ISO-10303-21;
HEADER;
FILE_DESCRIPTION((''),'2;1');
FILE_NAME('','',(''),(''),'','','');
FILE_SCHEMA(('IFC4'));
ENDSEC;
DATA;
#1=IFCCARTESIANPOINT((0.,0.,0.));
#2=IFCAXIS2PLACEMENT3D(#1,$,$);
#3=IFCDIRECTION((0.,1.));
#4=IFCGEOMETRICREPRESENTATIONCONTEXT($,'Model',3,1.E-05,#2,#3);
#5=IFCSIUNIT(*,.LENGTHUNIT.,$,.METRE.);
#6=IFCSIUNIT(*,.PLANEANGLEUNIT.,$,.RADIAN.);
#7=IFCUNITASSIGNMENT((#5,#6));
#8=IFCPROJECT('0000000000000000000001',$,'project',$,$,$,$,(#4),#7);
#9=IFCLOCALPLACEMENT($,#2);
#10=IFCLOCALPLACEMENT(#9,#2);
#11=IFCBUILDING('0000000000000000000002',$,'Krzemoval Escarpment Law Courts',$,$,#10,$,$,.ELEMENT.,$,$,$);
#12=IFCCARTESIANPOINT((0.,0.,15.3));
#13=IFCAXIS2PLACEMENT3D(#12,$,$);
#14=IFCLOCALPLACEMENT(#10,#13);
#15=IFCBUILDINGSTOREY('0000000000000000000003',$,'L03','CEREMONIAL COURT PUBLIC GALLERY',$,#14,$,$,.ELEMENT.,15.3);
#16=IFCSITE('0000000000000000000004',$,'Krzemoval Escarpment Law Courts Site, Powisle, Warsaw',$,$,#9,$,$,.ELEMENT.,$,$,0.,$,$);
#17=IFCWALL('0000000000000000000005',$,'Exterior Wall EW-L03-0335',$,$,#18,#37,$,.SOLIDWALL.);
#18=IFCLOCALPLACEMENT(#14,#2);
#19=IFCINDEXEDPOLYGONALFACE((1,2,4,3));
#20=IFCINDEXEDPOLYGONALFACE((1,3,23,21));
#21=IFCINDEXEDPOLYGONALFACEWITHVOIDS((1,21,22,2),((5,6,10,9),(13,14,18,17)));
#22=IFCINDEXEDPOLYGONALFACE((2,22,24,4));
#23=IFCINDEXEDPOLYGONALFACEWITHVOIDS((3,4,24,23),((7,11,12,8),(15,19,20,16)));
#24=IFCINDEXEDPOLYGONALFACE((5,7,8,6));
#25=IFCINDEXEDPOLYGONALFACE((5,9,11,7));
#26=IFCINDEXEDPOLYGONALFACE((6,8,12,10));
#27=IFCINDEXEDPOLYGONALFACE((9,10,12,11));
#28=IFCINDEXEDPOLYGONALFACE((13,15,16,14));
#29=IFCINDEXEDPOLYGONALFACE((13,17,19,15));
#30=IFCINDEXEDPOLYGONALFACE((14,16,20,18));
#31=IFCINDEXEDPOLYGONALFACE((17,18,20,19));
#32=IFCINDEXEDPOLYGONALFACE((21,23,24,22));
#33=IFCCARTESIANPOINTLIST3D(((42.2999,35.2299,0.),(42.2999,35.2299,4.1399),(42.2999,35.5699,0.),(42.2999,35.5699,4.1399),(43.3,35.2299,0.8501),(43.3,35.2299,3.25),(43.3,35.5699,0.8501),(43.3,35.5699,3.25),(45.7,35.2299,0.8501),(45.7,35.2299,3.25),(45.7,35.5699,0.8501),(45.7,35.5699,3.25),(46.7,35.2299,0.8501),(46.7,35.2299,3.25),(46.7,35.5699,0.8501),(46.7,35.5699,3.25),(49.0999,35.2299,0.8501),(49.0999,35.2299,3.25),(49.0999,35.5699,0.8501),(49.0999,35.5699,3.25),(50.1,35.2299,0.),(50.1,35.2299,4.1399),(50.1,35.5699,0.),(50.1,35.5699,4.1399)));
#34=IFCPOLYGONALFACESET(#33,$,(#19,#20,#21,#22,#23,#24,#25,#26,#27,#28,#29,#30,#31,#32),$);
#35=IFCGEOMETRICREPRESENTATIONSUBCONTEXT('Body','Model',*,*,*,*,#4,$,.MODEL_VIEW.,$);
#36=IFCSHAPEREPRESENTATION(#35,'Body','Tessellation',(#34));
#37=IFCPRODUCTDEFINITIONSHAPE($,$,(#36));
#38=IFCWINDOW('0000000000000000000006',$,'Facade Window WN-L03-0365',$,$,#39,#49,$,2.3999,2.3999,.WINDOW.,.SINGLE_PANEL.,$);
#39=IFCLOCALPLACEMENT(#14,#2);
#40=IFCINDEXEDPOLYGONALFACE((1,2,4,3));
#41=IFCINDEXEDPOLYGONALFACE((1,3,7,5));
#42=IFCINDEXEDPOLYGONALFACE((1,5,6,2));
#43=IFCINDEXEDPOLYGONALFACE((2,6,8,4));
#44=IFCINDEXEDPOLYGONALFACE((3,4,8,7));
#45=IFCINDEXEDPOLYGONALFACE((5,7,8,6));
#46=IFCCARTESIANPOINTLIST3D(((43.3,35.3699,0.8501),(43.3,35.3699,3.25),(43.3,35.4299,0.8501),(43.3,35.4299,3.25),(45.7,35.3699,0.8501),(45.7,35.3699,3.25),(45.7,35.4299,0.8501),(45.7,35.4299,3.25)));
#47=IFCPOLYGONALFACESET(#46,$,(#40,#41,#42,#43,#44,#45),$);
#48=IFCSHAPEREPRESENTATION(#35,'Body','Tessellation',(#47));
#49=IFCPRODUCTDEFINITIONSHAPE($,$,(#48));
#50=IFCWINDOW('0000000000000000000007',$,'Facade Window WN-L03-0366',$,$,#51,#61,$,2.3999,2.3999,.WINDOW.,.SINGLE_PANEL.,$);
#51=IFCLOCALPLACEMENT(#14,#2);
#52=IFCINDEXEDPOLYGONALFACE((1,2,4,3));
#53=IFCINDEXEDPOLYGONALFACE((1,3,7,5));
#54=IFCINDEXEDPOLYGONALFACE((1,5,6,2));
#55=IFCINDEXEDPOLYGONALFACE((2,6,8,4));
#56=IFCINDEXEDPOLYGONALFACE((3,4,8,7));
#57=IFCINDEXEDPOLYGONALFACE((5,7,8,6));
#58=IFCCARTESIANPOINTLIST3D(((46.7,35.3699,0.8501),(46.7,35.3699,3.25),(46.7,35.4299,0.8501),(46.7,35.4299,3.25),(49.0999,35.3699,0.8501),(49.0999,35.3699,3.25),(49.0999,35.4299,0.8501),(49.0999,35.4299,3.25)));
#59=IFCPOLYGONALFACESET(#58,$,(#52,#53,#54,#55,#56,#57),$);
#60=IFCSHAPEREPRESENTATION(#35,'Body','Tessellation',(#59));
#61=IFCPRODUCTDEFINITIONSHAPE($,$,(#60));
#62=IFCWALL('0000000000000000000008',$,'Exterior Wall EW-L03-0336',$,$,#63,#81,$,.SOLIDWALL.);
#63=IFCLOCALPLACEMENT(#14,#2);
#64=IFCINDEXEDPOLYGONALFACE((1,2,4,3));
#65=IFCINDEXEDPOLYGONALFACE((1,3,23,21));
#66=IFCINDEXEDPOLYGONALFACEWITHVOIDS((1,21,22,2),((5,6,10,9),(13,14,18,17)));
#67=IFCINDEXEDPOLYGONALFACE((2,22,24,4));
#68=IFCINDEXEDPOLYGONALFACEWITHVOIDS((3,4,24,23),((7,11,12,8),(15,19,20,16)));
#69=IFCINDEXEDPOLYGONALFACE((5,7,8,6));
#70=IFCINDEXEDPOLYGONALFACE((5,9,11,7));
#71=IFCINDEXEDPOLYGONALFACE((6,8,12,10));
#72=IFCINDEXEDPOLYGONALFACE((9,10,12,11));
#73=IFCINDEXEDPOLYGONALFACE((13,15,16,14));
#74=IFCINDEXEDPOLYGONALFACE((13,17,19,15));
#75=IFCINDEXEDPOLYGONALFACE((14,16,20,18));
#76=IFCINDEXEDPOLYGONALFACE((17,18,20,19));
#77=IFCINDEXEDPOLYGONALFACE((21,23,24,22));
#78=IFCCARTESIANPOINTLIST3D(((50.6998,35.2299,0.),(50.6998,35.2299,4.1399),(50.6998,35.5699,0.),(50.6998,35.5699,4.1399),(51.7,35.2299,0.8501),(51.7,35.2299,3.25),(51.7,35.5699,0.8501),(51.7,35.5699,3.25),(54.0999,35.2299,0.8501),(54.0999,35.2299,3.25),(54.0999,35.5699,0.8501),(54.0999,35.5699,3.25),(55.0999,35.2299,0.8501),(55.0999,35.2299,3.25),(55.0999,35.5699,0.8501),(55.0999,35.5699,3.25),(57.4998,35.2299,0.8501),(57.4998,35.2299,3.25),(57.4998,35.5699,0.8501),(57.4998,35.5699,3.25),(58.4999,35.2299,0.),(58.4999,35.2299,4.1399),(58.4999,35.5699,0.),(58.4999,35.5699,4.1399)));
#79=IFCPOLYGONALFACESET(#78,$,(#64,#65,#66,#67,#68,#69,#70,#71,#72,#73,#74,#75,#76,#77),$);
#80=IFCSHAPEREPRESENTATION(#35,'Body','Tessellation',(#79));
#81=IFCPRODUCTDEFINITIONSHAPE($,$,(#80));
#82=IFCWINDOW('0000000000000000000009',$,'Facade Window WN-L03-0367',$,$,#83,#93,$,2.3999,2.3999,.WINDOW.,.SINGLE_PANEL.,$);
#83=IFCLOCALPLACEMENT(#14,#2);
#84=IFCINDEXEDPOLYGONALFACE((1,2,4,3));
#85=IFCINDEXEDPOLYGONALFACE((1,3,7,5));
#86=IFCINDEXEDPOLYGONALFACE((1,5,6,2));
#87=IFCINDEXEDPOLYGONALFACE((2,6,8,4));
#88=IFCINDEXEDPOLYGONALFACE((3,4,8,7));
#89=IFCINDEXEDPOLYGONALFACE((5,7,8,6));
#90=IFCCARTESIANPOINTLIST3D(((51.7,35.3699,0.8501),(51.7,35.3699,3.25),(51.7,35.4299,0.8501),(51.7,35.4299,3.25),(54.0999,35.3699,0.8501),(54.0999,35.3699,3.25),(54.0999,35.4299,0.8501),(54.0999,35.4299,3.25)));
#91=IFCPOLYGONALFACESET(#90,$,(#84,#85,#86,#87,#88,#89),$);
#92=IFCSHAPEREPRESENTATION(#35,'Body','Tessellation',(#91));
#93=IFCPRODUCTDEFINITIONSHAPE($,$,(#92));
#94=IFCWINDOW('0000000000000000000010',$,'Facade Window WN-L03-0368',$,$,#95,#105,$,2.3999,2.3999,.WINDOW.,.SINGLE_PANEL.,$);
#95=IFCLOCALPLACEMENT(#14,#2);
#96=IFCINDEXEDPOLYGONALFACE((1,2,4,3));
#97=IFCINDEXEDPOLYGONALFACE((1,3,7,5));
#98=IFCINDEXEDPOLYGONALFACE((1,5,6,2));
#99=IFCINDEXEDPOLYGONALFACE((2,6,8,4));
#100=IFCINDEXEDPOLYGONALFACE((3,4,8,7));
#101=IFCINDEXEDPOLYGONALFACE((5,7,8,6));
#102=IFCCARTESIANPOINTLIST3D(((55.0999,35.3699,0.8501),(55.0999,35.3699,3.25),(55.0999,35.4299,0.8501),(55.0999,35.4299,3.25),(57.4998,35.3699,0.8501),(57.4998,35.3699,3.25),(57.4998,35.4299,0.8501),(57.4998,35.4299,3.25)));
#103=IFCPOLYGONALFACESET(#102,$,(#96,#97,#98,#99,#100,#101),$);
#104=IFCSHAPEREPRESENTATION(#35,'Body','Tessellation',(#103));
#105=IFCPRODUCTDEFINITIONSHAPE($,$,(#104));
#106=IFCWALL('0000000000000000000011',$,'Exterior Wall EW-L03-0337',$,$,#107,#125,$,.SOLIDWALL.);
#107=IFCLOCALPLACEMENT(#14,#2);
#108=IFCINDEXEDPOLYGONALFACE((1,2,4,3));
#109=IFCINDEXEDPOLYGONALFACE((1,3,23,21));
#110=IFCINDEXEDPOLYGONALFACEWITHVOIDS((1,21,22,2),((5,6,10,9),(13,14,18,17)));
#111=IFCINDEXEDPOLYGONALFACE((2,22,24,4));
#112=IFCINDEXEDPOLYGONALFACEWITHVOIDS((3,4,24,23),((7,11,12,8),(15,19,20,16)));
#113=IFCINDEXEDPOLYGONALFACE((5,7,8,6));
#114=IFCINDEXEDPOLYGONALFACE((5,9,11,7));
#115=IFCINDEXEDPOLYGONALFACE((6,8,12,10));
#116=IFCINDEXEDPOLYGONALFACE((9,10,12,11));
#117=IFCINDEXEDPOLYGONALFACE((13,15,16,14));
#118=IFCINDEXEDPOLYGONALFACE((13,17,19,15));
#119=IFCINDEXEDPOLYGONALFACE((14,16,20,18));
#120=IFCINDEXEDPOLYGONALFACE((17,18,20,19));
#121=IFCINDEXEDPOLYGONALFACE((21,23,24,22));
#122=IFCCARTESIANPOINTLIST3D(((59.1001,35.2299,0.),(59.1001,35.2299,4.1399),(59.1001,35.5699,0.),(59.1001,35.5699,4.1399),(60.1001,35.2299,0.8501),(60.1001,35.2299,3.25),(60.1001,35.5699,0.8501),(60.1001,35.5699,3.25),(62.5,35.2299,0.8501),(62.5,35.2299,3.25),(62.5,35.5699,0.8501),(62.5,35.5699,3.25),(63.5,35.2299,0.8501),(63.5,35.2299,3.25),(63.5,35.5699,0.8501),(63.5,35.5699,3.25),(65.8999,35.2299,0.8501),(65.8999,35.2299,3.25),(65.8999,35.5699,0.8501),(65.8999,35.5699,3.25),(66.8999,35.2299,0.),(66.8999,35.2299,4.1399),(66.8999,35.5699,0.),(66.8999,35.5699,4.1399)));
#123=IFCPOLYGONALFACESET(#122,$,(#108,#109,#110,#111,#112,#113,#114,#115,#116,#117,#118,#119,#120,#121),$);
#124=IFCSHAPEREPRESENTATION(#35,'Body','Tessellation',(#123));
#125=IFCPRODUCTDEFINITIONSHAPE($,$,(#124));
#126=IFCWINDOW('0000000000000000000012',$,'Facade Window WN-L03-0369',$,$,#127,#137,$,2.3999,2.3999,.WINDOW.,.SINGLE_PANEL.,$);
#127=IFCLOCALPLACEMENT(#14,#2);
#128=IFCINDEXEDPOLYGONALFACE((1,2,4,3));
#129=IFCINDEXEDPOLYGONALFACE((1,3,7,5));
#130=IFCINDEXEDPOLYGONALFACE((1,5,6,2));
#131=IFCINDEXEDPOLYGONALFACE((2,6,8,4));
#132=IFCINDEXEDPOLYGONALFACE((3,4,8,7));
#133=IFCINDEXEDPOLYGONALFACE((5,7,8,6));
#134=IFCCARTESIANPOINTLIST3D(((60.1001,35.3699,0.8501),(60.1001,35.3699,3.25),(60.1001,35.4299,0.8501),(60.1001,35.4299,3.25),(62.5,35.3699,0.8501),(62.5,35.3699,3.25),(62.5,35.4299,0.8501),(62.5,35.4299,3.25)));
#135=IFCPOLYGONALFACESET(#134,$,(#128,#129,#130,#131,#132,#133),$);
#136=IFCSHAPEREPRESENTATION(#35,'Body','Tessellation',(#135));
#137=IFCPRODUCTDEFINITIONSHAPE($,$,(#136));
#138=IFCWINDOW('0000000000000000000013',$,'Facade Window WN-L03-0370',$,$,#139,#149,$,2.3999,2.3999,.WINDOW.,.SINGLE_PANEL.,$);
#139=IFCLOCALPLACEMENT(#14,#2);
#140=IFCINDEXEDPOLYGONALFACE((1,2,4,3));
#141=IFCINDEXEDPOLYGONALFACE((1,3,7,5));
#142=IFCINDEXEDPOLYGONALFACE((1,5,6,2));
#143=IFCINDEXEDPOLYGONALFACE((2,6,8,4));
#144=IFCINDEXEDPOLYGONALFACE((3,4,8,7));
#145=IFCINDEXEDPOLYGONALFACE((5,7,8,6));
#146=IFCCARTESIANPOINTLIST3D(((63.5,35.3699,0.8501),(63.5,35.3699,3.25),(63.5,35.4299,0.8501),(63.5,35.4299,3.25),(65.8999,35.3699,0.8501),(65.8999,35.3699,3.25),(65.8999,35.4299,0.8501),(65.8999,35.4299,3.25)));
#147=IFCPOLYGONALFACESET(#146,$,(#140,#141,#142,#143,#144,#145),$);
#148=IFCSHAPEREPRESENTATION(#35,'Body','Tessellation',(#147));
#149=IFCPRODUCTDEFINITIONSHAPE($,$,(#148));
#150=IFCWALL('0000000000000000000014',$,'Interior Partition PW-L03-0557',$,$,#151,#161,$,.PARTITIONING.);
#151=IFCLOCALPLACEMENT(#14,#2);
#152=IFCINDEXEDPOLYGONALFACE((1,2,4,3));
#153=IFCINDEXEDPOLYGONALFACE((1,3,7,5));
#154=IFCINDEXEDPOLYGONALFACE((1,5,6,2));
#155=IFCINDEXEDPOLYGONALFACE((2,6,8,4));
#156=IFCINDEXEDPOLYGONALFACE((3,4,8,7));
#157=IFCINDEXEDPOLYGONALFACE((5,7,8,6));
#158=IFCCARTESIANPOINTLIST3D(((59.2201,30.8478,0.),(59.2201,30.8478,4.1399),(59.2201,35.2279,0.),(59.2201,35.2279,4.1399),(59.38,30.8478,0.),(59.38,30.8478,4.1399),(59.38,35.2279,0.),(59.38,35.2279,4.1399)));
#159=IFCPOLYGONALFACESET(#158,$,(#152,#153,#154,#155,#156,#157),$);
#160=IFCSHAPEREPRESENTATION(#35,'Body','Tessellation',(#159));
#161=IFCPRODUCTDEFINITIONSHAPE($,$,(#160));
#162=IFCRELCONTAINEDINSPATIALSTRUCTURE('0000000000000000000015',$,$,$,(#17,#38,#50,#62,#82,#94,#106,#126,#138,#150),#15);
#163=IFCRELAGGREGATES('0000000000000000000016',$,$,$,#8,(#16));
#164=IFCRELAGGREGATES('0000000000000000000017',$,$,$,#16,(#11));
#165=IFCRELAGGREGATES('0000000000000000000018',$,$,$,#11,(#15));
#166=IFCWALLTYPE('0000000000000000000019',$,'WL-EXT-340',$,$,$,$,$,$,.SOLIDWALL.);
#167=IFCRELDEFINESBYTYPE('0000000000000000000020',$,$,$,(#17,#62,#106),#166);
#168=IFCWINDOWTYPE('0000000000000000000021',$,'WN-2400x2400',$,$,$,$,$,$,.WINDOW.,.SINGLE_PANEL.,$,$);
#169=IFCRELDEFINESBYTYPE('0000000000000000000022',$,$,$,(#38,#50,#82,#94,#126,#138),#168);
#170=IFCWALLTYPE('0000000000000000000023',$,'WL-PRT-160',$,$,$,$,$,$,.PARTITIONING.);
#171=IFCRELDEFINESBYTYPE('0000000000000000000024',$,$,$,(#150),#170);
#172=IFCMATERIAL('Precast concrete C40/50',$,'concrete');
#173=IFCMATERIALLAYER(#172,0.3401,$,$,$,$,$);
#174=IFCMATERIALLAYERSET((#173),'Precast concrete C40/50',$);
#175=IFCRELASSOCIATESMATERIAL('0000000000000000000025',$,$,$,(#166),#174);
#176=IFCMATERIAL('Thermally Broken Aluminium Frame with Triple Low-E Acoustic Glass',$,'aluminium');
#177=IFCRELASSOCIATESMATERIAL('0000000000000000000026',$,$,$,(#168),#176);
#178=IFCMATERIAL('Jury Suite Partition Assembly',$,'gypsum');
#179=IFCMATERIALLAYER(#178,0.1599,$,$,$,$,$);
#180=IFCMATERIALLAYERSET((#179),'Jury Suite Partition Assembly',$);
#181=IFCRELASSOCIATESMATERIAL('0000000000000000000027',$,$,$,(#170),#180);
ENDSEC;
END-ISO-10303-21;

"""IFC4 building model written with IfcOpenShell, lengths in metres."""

from ifc_helpers import new_model, si_unit, direction, frame, frame_2d, origin, place, context, subcontext, project, spatial, rectangle, extrude, material, layer, layer_set, type_object, element, fill, save


model = new_model("IFC4")

# Units and contexts
model_context = context("Model", 3, precision=1e-05, world=origin(), true_north=direction((0.0, 1.0)))
body_context = subcontext(model_context, "Body", "Model", "MODEL_VIEW")
ifc_project = project(units=[si_unit("LENGTHUNIT", "METRE"), si_unit("PLANEANGLEUNIT", "RADIAN")], contexts=[model_context])

# Site, building, storey
site_placement = place(None, origin())
site = spatial("IfcSite", under=ifc_project, at=site_placement, Name="Krzemoval Escarpment Law Courts Site, Powisle, Warsaw", CompositionType="ELEMENT", RefElevation=0.0)
building_placement = place(site_placement, origin())
building = spatial("IfcBuilding", under=site, at=building_placement, Name="Krzemoval Escarpment Law Courts", CompositionType="ELEMENT")
storey_placement = place(building_placement, frame((0.0, 0.0, 15.3)))
storey = spatial("IfcBuildingStorey", under=building, at=storey_placement, Name="L03", Description="CEREMONIAL COURT PUBLIC GALLERY", CompositionType="ELEMENT", Elevation=15.3)

# Walls, openings, windows
ifc_material_1 = material(Name="Precast concrete C40/50", Category="concrete")
ifc_layer_1 = layer(ifc_material_1, 0.3401)
ifc_layer_set_1 = layer_set([ifc_layer_1], Name="Precast concrete C40/50")
wall_type_1 = type_object("IfcWallType", Name="WL-EXT-340", PredefinedType="SOLIDWALL", material=ifc_layer_set_1)
wall_1_placement = place(storey_placement, frame((42.3, 35.3999, 0.0), z_axis=(0.0, 0.0, 1.0), x_axis=(1.0, 0.0, 0.0)))
wall_1 = element("IfcWall", 1, at=wall_1_placement, inside=storey, type_object=wall_type_1, Name="Exterior Wall EW-L03-0335", PredefinedType="SOLIDWALL", context=body_context, shape_type="SweptSolid", body=[
    extrude(rectangle(XDim=7.8, YDim=0.3401, at=frame_2d((3.8999, 0.0))), origin(), (0.0, 0.0, 1.0), 4.1399),
])
opening_1_placement = place(wall_1_placement, frame((1.0, 0.0, 0.8501)))
opening_1 = element("IfcOpeningElement", 2, at=opening_1_placement, cuts=wall_1, PredefinedType="OPENING", context=body_context, shape_type="SweptSolid", body=[
    extrude(rectangle(XDim=2.3999, YDim=2.3999, at=frame_2d((1.2, 1.2))), frame((0.0, 0.185, 0.0), z_axis=(0.0, -1.0, 0.0), x_axis=(1.0, 0.0, 0.0)), (0.0, 0.0, 1.0), 0.3701),
])
opening_2_placement = place(wall_1_placement, frame((4.3999, 0.0, 0.8501)))
opening_2 = element("IfcOpeningElement", 3, at=opening_2_placement, cuts=wall_1, PredefinedType="OPENING", context=body_context, shape_type="SweptSolid", body=[
    extrude(rectangle(XDim=2.3999, YDim=2.3999, at=frame_2d((1.2, 1.2))), frame((0.0, 0.185, 0.0), z_axis=(0.0, -1.0, 0.0), x_axis=(1.0, 0.0, 0.0)), (0.0, 0.0, 1.0), 0.3701),
])
ifc_material_2 = material(Name="Thermally Broken Aluminium Frame with Triple Low-E Acoustic Glass", Category="aluminium")
window_type = type_object("IfcWindowType", Name="WN-2400x2400", PartitioningType="SINGLE_PANEL", PredefinedType="WINDOW", material=ifc_material_2)
window_1_placement = place(opening_1_placement, origin())
window_1 = element("IfcWindow", 4, at=window_1_placement, inside=storey, type_object=window_type, Name="Facade Window WN-L03-0365", OverallHeight=2.3999, OverallWidth=2.3999, PartitioningType="SINGLE_PANEL", PredefinedType="WINDOW", context=body_context, shape_type="SweptSolid", body=[
    extrude(rectangle(XDim=2.3999, YDim=2.3999, at=frame_2d((1.2, 1.2))), frame((0.0, 0.03, 0.0), z_axis=(0.0, -1.0, 0.0), x_axis=(1.0, 0.0, 0.0)), (0.0, 0.0, 1.0), 0.0601),
])
fill(opening_1, window_1)
window_2_placement = place(opening_2_placement, origin())
window_2 = element("IfcWindow", 5, at=window_2_placement, inside=storey, type_object=window_type, Name="Facade Window WN-L03-0366", OverallHeight=2.3999, OverallWidth=2.3999, PartitioningType="SINGLE_PANEL", PredefinedType="WINDOW", context=body_context, shape_type="SweptSolid", body=[
    extrude(rectangle(XDim=2.3999, YDim=2.3999, at=frame_2d((1.2, 1.2))), frame((0.0, 0.03, 0.0), z_axis=(0.0, -1.0, 0.0), x_axis=(1.0, 0.0, 0.0)), (0.0, 0.0, 1.0), 0.0601),
])
fill(opening_2, window_2)
wall_2_placement = place(storey_placement, frame((50.7, 35.3999, 0.0), z_axis=(0.0, 0.0, 1.0), x_axis=(1.0, 0.0, 0.0)))
wall_2 = element("IfcWall", 6, at=wall_2_placement, inside=storey, type_object=wall_type_1, Name="Exterior Wall EW-L03-0336", PredefinedType="SOLIDWALL", context=body_context, shape_type="SweptSolid", body=[
    extrude(rectangle(XDim=7.8, YDim=0.3401, at=frame_2d((3.8999, 0.0))), origin(), (0.0, 0.0, 1.0), 4.1399),
])
opening_3_placement = place(wall_2_placement, frame((1.0, 0.0, 0.8501)))
opening_3 = element("IfcOpeningElement", 7, at=opening_3_placement, cuts=wall_2, PredefinedType="OPENING", context=body_context, shape_type="SweptSolid", body=[
    extrude(rectangle(XDim=2.3999, YDim=2.3999, at=frame_2d((1.2, 1.2))), frame((0.0, 0.185, 0.0), z_axis=(0.0, -1.0, 0.0), x_axis=(1.0, 0.0, 0.0)), (0.0, 0.0, 1.0), 0.3701),
])
opening_4_placement = place(wall_2_placement, frame((4.3999, 0.0, 0.8501)))
opening_4 = element("IfcOpeningElement", 8, at=opening_4_placement, cuts=wall_2, PredefinedType="OPENING", context=body_context, shape_type="SweptSolid", body=[
    extrude(rectangle(XDim=2.3999, YDim=2.3999, at=frame_2d((1.2, 1.2))), frame((0.0, 0.185, 0.0), z_axis=(0.0, -1.0, 0.0), x_axis=(1.0, 0.0, 0.0)), (0.0, 0.0, 1.0), 0.3701),
])
window_3_placement = place(opening_3_placement, origin())
window_3 = element("IfcWindow", 9, at=window_3_placement, inside=storey, type_object=window_type, Name="Facade Window WN-L03-0367", OverallHeight=2.3999, OverallWidth=2.3999, PartitioningType="SINGLE_PANEL", PredefinedType="WINDOW", context=body_context, shape_type="SweptSolid", body=[
    extrude(rectangle(XDim=2.3999, YDim=2.3999, at=frame_2d((1.2, 1.2))), frame((0.0, 0.03, 0.0), z_axis=(0.0, -1.0, 0.0), x_axis=(1.0, 0.0, 0.0)), (0.0, 0.0, 1.0), 0.0601),
])
fill(opening_3, window_3)
window_4_placement = place(opening_4_placement, origin())
window_4 = element("IfcWindow", 10, at=window_4_placement, inside=storey, type_object=window_type, Name="Facade Window WN-L03-0368", OverallHeight=2.3999, OverallWidth=2.3999, PartitioningType="SINGLE_PANEL", PredefinedType="WINDOW", context=body_context, shape_type="SweptSolid", body=[
    extrude(rectangle(XDim=2.3999, YDim=2.3999, at=frame_2d((1.2, 1.2))), frame((0.0, 0.03, 0.0), z_axis=(0.0, -1.0, 0.0), x_axis=(1.0, 0.0, 0.0)), (0.0, 0.0, 1.0), 0.0601),
])
fill(opening_4, window_4)
wall_3_placement = place(storey_placement, frame((59.1001, 35.3999, 0.0), z_axis=(0.0, 0.0, 1.0), x_axis=(1.0, 0.0, 0.0)))
wall_3 = element("IfcWall", 11, at=wall_3_placement, inside=storey, type_object=wall_type_1, Name="Exterior Wall EW-L03-0337", PredefinedType="SOLIDWALL", context=body_context, shape_type="SweptSolid", body=[
    extrude(rectangle(XDim=7.7998, YDim=0.3401, at=frame_2d((3.8999, 0.0))), origin(), (0.0, 0.0, 1.0), 4.1399),
])
opening_5_placement = place(wall_3_placement, frame((1.0, 0.0, 0.8501)))
opening_5 = element("IfcOpeningElement", 12, at=opening_5_placement, cuts=wall_3, PredefinedType="OPENING", context=body_context, shape_type="SweptSolid", body=[
    extrude(rectangle(XDim=2.3999, YDim=2.3999, at=frame_2d((1.2, 1.2))), frame((0.0, 0.185, 0.0), z_axis=(0.0, -1.0, 0.0), x_axis=(1.0, 0.0, 0.0)), (0.0, 0.0, 1.0), 0.3701),
])
opening_6_placement = place(wall_3_placement, frame((4.3999, 0.0, 0.8501)))
opening_6 = element("IfcOpeningElement", 13, at=opening_6_placement, cuts=wall_3, PredefinedType="OPENING", context=body_context, shape_type="SweptSolid", body=[
    extrude(rectangle(XDim=2.3999, YDim=2.3999, at=frame_2d((1.2, 1.2))), frame((0.0, 0.185, 0.0), z_axis=(0.0, -1.0, 0.0), x_axis=(1.0, 0.0, 0.0)), (0.0, 0.0, 1.0), 0.3701),
])
window_5_placement = place(opening_5_placement, origin())
window_5 = element("IfcWindow", 14, at=window_5_placement, inside=storey, type_object=window_type, Name="Facade Window WN-L03-0369", OverallHeight=2.3999, OverallWidth=2.3999, PartitioningType="SINGLE_PANEL", PredefinedType="WINDOW", context=body_context, shape_type="SweptSolid", body=[
    extrude(rectangle(XDim=2.3999, YDim=2.3999, at=frame_2d((1.2, 1.2))), frame((0.0, 0.03, 0.0), z_axis=(0.0, -1.0, 0.0), x_axis=(1.0, 0.0, 0.0)), (0.0, 0.0, 1.0), 0.0601),
])
fill(opening_5, window_5)
window_6_placement = place(opening_6_placement, origin())
window_6 = element("IfcWindow", 15, at=window_6_placement, inside=storey, type_object=window_type, Name="Facade Window WN-L03-0370", OverallHeight=2.3999, OverallWidth=2.3999, PartitioningType="SINGLE_PANEL", PredefinedType="WINDOW", context=body_context, shape_type="SweptSolid", body=[
    extrude(rectangle(XDim=2.3999, YDim=2.3999, at=frame_2d((1.2, 1.2))), frame((0.0, 0.03, 0.0), z_axis=(0.0, -1.0, 0.0), x_axis=(1.0, 0.0, 0.0)), (0.0, 0.0, 1.0), 0.0601),
])
fill(opening_6, window_6)

# Wall
ifc_material_3 = material(Name="Jury Suite Partition Assembly", Category="gypsum")
ifc_layer_2 = layer(ifc_material_3, 0.1599)
ifc_layer_set_2 = layer_set([ifc_layer_2], Name="Jury Suite Partition Assembly")
wall_type_2 = type_object("IfcWallType", Name="WL-PRT-160", PredefinedType="PARTITIONING", material=ifc_layer_set_2)
wall_4_placement = place(storey_placement, frame((59.3, 30.8479, 0.0), z_axis=(0.0, 0.0, 1.0), x_axis=(0.0, 1.0, 0.0)))
element("IfcWall", 16, at=wall_4_placement, inside=storey, type_object=wall_type_2, Name="Interior Partition PW-L03-0557", PredefinedType="PARTITIONING", context=body_context, shape_type="SweptSolid", body=[
    extrude(rectangle(XDim=4.3801, YDim=0.1599, at=frame_2d((2.1899, 0.0))), origin(), (0.0, 0.0, 1.0), 4.1399),
])

save(model, "model.ifc")
